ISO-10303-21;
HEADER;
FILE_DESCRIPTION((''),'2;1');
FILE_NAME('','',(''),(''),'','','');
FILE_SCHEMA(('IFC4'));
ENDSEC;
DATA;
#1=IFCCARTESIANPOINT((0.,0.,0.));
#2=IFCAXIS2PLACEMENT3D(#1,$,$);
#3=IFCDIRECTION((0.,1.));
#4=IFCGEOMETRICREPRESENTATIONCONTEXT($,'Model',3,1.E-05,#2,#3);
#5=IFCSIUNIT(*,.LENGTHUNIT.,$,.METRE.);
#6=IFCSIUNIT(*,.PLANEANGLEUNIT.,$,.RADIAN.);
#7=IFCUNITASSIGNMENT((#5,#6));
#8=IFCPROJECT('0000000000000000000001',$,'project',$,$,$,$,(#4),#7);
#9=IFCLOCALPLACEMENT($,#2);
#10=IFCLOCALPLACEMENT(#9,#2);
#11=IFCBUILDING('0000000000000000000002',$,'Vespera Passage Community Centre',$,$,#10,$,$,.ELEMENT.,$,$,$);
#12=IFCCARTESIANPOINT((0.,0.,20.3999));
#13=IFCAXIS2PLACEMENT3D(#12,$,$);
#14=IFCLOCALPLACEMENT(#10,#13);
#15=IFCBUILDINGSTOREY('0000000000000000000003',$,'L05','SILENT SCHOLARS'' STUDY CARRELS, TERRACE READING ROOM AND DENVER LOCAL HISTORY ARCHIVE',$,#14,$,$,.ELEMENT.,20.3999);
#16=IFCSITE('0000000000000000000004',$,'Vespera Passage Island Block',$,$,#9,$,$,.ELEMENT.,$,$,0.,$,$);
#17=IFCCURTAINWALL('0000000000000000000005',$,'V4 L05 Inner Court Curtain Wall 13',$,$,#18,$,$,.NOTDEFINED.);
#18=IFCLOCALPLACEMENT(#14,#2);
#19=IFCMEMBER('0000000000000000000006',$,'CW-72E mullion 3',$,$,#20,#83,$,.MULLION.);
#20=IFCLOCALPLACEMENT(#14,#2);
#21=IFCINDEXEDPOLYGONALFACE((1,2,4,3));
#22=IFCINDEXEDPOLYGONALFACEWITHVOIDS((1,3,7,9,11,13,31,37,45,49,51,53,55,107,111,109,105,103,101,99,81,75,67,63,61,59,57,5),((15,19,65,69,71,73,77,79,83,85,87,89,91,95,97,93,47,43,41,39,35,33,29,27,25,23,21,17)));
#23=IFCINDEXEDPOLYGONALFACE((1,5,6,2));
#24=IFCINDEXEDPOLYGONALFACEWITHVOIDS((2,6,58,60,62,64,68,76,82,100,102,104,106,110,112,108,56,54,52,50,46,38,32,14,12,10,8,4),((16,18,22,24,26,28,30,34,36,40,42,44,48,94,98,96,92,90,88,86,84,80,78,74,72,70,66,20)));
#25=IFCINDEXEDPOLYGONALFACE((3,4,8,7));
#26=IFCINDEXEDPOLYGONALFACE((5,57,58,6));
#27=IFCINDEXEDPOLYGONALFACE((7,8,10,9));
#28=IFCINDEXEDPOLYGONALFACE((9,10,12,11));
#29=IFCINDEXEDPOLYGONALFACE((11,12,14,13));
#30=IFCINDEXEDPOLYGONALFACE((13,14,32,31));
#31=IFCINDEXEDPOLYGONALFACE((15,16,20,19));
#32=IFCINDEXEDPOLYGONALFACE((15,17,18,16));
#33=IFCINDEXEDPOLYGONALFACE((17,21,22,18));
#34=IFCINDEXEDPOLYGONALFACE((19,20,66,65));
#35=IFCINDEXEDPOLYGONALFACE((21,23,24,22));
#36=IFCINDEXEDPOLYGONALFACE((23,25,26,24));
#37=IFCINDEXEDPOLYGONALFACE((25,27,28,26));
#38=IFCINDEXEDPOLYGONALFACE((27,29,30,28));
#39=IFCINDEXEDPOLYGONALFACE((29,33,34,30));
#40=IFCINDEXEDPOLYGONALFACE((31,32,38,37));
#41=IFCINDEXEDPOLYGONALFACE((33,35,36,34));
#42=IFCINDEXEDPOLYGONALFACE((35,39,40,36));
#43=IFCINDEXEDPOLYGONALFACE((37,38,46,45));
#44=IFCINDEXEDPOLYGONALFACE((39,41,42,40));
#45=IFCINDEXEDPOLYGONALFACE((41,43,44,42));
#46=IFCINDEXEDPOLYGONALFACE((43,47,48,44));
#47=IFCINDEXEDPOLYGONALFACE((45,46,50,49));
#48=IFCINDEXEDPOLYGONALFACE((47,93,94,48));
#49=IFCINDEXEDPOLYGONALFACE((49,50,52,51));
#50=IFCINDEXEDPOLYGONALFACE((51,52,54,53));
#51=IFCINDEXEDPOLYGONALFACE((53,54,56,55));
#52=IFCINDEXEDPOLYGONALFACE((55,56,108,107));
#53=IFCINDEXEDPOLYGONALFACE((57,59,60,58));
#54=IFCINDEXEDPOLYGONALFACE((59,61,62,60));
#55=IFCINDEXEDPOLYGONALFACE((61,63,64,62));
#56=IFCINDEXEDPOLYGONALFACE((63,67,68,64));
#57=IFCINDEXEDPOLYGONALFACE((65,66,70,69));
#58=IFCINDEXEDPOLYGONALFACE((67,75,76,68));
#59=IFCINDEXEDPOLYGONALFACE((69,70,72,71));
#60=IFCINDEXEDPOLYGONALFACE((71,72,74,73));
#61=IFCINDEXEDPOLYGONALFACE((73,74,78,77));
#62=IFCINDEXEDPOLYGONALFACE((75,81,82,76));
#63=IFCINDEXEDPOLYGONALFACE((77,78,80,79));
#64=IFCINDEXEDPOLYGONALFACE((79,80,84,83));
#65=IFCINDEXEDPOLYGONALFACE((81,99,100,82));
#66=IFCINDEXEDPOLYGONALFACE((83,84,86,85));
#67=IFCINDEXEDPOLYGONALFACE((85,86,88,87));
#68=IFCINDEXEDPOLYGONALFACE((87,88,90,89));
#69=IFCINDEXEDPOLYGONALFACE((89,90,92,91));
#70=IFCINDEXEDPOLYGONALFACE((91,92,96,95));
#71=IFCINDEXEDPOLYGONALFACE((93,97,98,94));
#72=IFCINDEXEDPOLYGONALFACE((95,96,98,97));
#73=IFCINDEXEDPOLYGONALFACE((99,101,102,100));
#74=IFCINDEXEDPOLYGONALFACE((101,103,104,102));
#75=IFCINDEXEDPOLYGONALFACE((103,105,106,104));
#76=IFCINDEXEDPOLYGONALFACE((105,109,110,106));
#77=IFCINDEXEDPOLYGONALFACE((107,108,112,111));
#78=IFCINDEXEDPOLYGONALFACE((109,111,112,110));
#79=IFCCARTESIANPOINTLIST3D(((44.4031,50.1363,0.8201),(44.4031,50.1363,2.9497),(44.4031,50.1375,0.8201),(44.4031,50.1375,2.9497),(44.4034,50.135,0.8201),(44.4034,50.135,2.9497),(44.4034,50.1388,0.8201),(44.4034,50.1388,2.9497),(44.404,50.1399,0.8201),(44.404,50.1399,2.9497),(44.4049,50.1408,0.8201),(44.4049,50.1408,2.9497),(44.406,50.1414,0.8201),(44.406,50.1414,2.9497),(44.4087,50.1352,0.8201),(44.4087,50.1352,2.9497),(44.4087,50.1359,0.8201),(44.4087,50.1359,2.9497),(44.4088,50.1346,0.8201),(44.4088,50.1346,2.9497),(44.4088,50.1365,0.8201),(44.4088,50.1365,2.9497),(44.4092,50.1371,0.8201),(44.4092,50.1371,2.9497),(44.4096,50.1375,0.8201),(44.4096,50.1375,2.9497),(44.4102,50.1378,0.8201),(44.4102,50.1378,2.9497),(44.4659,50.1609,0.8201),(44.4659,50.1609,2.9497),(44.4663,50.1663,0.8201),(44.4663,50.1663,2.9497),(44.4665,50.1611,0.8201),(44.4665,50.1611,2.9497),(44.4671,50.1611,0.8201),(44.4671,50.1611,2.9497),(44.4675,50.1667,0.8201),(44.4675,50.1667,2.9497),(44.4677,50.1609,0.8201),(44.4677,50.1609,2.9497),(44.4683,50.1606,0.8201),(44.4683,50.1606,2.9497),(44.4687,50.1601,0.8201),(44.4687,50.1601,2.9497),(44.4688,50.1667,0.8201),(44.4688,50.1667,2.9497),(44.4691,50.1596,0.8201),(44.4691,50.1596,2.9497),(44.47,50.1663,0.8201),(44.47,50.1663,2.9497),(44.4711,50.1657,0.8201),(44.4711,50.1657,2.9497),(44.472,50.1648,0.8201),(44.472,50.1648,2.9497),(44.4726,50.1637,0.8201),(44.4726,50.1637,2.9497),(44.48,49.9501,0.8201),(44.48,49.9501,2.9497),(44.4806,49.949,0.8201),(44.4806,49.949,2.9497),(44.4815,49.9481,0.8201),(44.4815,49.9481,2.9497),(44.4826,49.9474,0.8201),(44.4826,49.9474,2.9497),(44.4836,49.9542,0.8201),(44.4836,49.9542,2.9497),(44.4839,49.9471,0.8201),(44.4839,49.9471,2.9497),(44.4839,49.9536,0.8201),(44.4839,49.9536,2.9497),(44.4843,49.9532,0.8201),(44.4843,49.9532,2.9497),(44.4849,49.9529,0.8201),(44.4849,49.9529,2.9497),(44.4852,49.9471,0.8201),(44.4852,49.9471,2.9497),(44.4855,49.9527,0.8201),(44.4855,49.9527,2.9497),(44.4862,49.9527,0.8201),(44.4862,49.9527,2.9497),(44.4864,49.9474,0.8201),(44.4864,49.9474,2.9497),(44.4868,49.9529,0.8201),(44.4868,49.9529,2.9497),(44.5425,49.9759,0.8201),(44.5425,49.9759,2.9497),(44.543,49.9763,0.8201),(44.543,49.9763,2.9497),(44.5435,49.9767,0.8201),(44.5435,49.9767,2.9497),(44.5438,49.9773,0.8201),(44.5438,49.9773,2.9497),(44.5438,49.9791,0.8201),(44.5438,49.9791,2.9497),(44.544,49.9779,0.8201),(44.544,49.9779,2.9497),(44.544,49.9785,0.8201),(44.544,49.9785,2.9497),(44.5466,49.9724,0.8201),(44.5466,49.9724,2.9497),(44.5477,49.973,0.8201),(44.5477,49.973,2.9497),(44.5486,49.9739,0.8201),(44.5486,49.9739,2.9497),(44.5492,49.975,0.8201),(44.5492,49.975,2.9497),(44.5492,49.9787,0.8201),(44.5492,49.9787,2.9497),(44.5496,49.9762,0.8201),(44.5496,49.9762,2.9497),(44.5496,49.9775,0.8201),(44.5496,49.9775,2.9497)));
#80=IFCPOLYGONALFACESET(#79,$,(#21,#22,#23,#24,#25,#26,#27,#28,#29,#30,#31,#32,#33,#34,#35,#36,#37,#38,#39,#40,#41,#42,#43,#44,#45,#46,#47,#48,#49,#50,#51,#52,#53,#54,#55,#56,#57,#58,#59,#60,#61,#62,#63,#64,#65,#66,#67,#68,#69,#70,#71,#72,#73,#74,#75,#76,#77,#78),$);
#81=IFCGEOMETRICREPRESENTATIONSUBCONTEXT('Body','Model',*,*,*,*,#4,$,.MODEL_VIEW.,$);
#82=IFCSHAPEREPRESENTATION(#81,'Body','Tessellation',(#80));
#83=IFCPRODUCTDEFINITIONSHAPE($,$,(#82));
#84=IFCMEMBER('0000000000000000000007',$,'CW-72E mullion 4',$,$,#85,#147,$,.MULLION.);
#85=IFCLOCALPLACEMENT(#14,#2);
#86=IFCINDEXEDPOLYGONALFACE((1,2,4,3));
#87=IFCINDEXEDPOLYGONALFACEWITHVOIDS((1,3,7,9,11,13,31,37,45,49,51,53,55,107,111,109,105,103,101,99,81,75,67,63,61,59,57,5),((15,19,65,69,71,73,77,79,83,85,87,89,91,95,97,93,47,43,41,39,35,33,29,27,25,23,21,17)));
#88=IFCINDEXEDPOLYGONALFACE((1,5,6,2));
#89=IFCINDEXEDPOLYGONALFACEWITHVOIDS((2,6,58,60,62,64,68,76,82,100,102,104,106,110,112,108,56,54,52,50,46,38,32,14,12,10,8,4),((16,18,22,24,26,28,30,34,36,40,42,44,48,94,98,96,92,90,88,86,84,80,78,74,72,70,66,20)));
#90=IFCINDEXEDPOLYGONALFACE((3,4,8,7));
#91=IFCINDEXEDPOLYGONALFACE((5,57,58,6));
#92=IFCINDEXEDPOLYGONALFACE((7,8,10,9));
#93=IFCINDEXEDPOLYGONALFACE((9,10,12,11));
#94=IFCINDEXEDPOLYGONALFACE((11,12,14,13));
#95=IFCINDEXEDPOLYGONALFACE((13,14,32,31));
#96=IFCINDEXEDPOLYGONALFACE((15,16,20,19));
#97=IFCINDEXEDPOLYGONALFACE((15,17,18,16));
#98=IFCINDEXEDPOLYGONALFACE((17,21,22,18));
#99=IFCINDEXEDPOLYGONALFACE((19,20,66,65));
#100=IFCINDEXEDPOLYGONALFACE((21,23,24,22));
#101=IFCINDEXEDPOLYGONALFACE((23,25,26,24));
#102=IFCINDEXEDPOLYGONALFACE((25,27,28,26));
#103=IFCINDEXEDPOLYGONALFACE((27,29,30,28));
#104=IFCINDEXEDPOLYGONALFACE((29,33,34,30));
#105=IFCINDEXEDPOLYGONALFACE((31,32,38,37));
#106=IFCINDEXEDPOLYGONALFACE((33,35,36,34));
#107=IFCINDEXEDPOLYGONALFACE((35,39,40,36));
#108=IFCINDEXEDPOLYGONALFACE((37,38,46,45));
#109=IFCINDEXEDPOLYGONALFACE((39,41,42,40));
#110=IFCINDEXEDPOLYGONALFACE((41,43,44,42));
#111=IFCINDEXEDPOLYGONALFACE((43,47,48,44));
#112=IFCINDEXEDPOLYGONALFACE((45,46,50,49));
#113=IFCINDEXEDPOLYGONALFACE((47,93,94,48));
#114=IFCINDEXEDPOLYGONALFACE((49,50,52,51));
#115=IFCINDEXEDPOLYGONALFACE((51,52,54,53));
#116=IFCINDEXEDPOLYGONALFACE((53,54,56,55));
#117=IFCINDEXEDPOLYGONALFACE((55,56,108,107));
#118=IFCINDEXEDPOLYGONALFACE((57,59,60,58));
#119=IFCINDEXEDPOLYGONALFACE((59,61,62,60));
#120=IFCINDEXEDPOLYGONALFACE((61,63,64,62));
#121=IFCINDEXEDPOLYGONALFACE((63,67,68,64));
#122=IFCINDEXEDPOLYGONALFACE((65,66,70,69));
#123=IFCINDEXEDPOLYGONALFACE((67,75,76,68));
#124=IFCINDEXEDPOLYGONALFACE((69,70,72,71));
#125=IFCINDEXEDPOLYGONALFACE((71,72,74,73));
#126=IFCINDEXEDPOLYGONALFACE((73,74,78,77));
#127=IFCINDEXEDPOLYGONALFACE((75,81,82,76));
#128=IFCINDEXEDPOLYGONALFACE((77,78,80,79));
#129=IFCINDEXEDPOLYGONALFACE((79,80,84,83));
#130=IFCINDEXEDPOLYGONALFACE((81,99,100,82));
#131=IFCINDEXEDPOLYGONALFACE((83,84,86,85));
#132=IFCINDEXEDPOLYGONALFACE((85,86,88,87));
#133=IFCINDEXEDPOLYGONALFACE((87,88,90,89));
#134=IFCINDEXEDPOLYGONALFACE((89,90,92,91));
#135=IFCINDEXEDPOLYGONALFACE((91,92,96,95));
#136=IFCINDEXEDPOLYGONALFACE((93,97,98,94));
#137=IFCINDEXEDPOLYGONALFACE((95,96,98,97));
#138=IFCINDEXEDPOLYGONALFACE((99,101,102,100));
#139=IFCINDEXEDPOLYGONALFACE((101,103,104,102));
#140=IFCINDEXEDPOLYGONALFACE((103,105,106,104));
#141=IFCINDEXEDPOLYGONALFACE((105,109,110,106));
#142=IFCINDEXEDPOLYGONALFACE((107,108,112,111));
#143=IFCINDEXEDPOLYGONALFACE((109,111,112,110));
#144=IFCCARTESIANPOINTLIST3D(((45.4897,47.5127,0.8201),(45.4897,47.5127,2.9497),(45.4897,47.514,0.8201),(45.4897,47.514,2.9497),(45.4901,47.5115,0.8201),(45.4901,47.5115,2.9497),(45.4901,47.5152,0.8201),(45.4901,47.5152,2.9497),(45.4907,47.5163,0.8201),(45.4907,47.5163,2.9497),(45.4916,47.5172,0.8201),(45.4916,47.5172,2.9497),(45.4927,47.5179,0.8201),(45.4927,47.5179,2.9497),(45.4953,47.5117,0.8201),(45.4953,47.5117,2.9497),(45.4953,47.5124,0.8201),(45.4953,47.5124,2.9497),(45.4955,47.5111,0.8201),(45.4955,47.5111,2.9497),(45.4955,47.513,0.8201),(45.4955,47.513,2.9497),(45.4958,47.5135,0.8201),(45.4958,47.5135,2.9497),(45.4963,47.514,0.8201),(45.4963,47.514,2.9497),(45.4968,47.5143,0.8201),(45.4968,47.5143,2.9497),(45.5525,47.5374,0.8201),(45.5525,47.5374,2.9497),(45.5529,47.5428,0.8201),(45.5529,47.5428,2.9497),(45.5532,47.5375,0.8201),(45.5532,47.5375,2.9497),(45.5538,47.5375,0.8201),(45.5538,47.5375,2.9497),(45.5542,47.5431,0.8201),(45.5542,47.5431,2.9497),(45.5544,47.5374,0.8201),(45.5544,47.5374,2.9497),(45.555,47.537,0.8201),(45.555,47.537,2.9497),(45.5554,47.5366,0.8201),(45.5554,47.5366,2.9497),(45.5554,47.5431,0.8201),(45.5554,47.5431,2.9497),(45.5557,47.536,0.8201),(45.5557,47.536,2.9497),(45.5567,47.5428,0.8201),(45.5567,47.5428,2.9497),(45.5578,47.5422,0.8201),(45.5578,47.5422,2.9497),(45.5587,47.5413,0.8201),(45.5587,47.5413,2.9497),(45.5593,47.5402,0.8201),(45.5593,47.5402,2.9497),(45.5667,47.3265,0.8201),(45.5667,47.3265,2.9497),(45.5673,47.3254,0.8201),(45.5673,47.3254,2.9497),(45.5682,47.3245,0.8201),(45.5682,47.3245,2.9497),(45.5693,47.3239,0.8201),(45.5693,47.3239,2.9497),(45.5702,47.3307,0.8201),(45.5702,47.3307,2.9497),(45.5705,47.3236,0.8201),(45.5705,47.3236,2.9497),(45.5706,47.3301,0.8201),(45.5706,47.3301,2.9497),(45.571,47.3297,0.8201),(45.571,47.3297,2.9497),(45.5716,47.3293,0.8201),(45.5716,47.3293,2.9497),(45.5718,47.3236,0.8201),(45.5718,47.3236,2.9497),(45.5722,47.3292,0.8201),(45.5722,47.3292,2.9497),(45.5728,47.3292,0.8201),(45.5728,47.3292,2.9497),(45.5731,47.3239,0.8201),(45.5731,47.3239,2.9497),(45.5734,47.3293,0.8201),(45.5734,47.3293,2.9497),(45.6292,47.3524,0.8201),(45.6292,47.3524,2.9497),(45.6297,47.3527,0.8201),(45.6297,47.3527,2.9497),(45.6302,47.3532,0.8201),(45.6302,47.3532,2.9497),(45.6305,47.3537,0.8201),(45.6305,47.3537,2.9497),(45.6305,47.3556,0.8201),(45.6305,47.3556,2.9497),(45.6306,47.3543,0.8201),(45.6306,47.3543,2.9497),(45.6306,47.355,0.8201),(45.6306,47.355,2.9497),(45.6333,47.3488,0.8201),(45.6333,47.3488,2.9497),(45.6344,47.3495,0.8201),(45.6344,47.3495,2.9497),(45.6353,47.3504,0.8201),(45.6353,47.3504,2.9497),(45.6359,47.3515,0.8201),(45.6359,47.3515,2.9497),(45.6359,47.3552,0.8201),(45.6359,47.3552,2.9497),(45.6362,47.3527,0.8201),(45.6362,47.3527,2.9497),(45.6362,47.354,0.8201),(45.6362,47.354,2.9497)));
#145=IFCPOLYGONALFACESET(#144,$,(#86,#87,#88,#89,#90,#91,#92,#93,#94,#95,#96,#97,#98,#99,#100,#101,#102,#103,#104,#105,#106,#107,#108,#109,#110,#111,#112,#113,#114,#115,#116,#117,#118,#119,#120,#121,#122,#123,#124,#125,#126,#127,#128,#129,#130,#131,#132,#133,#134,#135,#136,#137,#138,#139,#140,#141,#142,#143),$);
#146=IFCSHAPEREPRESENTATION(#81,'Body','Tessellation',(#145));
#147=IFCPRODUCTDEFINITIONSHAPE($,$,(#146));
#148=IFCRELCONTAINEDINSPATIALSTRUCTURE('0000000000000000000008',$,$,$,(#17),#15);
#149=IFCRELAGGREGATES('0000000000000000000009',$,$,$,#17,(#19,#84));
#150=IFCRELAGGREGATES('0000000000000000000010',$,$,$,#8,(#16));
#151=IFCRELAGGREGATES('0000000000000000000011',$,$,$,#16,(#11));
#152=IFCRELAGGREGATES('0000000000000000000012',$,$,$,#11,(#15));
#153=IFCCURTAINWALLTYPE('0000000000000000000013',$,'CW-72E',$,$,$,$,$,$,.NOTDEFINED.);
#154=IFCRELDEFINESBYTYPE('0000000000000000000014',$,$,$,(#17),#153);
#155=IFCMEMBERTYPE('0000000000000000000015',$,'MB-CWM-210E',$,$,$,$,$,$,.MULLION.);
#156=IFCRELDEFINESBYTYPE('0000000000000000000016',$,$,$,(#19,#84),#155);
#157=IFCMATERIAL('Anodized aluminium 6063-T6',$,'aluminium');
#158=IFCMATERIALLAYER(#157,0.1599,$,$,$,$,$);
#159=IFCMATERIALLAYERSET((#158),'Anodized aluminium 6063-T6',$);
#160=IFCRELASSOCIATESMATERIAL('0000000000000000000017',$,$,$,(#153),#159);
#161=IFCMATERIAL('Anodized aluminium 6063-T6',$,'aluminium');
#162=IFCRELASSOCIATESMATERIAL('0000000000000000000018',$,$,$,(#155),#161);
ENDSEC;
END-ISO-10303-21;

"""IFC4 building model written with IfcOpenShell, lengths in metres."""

from ifc_helpers import new_model, si_unit, direction, frame, origin, origin_2d, place, context, subcontext, project, spatial, hollow_rectangle, extrude, material, layer, layer_set, material_profile, profile_set, type_object, element, aggregate, save


model = new_model("IFC4")

# Units and contexts
model_context = context("Model", 3, precision=1e-05, world=origin(), true_north=direction((0.0, 1.0)))
body_context = subcontext(model_context, "Body", "Model", "MODEL_VIEW")
ifc_project = project(units=[si_unit("LENGTHUNIT", "METRE"), si_unit("PLANEANGLEUNIT", "RADIAN")], contexts=[model_context])

# Site, building, storey
site_placement = place(None, origin())
site = spatial("IfcSite", under=ifc_project, at=site_placement, Name="Vespera Passage Island Block", CompositionType="ELEMENT", RefElevation=0.0)
building_placement = place(site_placement, origin())
building = spatial("IfcBuilding", under=site, at=building_placement, Name="Vespera Passage Community Centre", CompositionType="ELEMENT")
storey_placement = place(building_placement, frame((0.0, 0.0, 20.3999)))
storey = spatial("IfcBuildingStorey", under=building, at=storey_placement, Name="L05", Description="SILENT SCHOLARS' STUDY CARRELS, TERRACE READING ROOM AND DENVER LOCAL HISTORY ARCHIVE", CompositionType="ELEMENT", Elevation=20.3999)

# Curtain wall, members
ifc_material_1 = material(Name="Anodized aluminium 6063-T6", Category="aluminium")
ifc_layer_1 = layer(ifc_material_1, 0.1599)
ifc_layer_set_1 = layer_set([ifc_layer_1], Name="Anodized aluminium 6063-T6")
curtain_wall_type_1 = type_object("IfcCurtainWallType", Name="CW-72E", PredefinedType="NOTDEFINED", material=ifc_layer_set_1)
curtain_wall_1_placement = place(storey_placement, origin())
curtain_wall_1 = element("IfcCurtainWall", 1, at=curtain_wall_1_placement, inside=storey, type_object=curtain_wall_type_1, Name="V4 L05 Inner Court Curtain Wall 13", PredefinedType="NOTDEFINED")
ifc_material_2 = material(Name="Anodized aluminium 6063-T6", Category="aluminium")
ifc_material_profile_1 = material_profile(ifc_material_2, hollow_rectangle(XDim=0.075, YDim=0.21, WallThickness=0.0049, InnerFilletRadius=0.0024, OuterFilletRadius=0.0049, at=origin_2d()), Name="ALU210X75X5")
ifc_profile_set_1 = profile_set([ifc_material_profile_1], Name="Anodized aluminium 6063-T6")
member_type_1 = type_object("IfcMemberType", Name="MB-CWM-210E", PredefinedType="MULLION", material=ifc_profile_set_1)
member_1_placement = place(storey_placement, frame((44.4763, 50.0569, 0.8201), z_axis=(0.0, 0.0, 1.0), x_axis=(0.923877, 0.38269, 0.0)))
member_1 = element("IfcMember", 2, at=member_1_placement, type_object=member_type_1, Name="CW-72E mullion 3", PredefinedType="MULLION", context=body_context, shape_type="SweptSolid", body=[
    extrude(hollow_rectangle(XDim=0.075, YDim=0.21, WallThickness=0.0049, InnerFilletRadius=0.0024, OuterFilletRadius=0.0049, at=origin_2d()), origin(), (0.0, 0.0, 1.0), 2.1296),
])
member_2_placement = place(storey_placement, frame((45.563, 47.4333, 0.8201), z_axis=(0.0, 0.0, 1.0), x_axis=(0.923877, 0.38269, 0.0)))
member_2 = element("IfcMember", 3, at=member_2_placement, type_object=member_type_1, Name="CW-72E mullion 4", PredefinedType="MULLION", context=body_context, shape_type="SweptSolid", body=[
    extrude(hollow_rectangle(XDim=0.075, YDim=0.21, WallThickness=0.0049, InnerFilletRadius=0.0024, OuterFilletRadius=0.0049, at=origin_2d()), origin(), (0.0, 0.0, 1.0), 2.1296),
])

aggregate(curtain_wall_1, [member_1, member_2])

save(model, "model.ifc")
